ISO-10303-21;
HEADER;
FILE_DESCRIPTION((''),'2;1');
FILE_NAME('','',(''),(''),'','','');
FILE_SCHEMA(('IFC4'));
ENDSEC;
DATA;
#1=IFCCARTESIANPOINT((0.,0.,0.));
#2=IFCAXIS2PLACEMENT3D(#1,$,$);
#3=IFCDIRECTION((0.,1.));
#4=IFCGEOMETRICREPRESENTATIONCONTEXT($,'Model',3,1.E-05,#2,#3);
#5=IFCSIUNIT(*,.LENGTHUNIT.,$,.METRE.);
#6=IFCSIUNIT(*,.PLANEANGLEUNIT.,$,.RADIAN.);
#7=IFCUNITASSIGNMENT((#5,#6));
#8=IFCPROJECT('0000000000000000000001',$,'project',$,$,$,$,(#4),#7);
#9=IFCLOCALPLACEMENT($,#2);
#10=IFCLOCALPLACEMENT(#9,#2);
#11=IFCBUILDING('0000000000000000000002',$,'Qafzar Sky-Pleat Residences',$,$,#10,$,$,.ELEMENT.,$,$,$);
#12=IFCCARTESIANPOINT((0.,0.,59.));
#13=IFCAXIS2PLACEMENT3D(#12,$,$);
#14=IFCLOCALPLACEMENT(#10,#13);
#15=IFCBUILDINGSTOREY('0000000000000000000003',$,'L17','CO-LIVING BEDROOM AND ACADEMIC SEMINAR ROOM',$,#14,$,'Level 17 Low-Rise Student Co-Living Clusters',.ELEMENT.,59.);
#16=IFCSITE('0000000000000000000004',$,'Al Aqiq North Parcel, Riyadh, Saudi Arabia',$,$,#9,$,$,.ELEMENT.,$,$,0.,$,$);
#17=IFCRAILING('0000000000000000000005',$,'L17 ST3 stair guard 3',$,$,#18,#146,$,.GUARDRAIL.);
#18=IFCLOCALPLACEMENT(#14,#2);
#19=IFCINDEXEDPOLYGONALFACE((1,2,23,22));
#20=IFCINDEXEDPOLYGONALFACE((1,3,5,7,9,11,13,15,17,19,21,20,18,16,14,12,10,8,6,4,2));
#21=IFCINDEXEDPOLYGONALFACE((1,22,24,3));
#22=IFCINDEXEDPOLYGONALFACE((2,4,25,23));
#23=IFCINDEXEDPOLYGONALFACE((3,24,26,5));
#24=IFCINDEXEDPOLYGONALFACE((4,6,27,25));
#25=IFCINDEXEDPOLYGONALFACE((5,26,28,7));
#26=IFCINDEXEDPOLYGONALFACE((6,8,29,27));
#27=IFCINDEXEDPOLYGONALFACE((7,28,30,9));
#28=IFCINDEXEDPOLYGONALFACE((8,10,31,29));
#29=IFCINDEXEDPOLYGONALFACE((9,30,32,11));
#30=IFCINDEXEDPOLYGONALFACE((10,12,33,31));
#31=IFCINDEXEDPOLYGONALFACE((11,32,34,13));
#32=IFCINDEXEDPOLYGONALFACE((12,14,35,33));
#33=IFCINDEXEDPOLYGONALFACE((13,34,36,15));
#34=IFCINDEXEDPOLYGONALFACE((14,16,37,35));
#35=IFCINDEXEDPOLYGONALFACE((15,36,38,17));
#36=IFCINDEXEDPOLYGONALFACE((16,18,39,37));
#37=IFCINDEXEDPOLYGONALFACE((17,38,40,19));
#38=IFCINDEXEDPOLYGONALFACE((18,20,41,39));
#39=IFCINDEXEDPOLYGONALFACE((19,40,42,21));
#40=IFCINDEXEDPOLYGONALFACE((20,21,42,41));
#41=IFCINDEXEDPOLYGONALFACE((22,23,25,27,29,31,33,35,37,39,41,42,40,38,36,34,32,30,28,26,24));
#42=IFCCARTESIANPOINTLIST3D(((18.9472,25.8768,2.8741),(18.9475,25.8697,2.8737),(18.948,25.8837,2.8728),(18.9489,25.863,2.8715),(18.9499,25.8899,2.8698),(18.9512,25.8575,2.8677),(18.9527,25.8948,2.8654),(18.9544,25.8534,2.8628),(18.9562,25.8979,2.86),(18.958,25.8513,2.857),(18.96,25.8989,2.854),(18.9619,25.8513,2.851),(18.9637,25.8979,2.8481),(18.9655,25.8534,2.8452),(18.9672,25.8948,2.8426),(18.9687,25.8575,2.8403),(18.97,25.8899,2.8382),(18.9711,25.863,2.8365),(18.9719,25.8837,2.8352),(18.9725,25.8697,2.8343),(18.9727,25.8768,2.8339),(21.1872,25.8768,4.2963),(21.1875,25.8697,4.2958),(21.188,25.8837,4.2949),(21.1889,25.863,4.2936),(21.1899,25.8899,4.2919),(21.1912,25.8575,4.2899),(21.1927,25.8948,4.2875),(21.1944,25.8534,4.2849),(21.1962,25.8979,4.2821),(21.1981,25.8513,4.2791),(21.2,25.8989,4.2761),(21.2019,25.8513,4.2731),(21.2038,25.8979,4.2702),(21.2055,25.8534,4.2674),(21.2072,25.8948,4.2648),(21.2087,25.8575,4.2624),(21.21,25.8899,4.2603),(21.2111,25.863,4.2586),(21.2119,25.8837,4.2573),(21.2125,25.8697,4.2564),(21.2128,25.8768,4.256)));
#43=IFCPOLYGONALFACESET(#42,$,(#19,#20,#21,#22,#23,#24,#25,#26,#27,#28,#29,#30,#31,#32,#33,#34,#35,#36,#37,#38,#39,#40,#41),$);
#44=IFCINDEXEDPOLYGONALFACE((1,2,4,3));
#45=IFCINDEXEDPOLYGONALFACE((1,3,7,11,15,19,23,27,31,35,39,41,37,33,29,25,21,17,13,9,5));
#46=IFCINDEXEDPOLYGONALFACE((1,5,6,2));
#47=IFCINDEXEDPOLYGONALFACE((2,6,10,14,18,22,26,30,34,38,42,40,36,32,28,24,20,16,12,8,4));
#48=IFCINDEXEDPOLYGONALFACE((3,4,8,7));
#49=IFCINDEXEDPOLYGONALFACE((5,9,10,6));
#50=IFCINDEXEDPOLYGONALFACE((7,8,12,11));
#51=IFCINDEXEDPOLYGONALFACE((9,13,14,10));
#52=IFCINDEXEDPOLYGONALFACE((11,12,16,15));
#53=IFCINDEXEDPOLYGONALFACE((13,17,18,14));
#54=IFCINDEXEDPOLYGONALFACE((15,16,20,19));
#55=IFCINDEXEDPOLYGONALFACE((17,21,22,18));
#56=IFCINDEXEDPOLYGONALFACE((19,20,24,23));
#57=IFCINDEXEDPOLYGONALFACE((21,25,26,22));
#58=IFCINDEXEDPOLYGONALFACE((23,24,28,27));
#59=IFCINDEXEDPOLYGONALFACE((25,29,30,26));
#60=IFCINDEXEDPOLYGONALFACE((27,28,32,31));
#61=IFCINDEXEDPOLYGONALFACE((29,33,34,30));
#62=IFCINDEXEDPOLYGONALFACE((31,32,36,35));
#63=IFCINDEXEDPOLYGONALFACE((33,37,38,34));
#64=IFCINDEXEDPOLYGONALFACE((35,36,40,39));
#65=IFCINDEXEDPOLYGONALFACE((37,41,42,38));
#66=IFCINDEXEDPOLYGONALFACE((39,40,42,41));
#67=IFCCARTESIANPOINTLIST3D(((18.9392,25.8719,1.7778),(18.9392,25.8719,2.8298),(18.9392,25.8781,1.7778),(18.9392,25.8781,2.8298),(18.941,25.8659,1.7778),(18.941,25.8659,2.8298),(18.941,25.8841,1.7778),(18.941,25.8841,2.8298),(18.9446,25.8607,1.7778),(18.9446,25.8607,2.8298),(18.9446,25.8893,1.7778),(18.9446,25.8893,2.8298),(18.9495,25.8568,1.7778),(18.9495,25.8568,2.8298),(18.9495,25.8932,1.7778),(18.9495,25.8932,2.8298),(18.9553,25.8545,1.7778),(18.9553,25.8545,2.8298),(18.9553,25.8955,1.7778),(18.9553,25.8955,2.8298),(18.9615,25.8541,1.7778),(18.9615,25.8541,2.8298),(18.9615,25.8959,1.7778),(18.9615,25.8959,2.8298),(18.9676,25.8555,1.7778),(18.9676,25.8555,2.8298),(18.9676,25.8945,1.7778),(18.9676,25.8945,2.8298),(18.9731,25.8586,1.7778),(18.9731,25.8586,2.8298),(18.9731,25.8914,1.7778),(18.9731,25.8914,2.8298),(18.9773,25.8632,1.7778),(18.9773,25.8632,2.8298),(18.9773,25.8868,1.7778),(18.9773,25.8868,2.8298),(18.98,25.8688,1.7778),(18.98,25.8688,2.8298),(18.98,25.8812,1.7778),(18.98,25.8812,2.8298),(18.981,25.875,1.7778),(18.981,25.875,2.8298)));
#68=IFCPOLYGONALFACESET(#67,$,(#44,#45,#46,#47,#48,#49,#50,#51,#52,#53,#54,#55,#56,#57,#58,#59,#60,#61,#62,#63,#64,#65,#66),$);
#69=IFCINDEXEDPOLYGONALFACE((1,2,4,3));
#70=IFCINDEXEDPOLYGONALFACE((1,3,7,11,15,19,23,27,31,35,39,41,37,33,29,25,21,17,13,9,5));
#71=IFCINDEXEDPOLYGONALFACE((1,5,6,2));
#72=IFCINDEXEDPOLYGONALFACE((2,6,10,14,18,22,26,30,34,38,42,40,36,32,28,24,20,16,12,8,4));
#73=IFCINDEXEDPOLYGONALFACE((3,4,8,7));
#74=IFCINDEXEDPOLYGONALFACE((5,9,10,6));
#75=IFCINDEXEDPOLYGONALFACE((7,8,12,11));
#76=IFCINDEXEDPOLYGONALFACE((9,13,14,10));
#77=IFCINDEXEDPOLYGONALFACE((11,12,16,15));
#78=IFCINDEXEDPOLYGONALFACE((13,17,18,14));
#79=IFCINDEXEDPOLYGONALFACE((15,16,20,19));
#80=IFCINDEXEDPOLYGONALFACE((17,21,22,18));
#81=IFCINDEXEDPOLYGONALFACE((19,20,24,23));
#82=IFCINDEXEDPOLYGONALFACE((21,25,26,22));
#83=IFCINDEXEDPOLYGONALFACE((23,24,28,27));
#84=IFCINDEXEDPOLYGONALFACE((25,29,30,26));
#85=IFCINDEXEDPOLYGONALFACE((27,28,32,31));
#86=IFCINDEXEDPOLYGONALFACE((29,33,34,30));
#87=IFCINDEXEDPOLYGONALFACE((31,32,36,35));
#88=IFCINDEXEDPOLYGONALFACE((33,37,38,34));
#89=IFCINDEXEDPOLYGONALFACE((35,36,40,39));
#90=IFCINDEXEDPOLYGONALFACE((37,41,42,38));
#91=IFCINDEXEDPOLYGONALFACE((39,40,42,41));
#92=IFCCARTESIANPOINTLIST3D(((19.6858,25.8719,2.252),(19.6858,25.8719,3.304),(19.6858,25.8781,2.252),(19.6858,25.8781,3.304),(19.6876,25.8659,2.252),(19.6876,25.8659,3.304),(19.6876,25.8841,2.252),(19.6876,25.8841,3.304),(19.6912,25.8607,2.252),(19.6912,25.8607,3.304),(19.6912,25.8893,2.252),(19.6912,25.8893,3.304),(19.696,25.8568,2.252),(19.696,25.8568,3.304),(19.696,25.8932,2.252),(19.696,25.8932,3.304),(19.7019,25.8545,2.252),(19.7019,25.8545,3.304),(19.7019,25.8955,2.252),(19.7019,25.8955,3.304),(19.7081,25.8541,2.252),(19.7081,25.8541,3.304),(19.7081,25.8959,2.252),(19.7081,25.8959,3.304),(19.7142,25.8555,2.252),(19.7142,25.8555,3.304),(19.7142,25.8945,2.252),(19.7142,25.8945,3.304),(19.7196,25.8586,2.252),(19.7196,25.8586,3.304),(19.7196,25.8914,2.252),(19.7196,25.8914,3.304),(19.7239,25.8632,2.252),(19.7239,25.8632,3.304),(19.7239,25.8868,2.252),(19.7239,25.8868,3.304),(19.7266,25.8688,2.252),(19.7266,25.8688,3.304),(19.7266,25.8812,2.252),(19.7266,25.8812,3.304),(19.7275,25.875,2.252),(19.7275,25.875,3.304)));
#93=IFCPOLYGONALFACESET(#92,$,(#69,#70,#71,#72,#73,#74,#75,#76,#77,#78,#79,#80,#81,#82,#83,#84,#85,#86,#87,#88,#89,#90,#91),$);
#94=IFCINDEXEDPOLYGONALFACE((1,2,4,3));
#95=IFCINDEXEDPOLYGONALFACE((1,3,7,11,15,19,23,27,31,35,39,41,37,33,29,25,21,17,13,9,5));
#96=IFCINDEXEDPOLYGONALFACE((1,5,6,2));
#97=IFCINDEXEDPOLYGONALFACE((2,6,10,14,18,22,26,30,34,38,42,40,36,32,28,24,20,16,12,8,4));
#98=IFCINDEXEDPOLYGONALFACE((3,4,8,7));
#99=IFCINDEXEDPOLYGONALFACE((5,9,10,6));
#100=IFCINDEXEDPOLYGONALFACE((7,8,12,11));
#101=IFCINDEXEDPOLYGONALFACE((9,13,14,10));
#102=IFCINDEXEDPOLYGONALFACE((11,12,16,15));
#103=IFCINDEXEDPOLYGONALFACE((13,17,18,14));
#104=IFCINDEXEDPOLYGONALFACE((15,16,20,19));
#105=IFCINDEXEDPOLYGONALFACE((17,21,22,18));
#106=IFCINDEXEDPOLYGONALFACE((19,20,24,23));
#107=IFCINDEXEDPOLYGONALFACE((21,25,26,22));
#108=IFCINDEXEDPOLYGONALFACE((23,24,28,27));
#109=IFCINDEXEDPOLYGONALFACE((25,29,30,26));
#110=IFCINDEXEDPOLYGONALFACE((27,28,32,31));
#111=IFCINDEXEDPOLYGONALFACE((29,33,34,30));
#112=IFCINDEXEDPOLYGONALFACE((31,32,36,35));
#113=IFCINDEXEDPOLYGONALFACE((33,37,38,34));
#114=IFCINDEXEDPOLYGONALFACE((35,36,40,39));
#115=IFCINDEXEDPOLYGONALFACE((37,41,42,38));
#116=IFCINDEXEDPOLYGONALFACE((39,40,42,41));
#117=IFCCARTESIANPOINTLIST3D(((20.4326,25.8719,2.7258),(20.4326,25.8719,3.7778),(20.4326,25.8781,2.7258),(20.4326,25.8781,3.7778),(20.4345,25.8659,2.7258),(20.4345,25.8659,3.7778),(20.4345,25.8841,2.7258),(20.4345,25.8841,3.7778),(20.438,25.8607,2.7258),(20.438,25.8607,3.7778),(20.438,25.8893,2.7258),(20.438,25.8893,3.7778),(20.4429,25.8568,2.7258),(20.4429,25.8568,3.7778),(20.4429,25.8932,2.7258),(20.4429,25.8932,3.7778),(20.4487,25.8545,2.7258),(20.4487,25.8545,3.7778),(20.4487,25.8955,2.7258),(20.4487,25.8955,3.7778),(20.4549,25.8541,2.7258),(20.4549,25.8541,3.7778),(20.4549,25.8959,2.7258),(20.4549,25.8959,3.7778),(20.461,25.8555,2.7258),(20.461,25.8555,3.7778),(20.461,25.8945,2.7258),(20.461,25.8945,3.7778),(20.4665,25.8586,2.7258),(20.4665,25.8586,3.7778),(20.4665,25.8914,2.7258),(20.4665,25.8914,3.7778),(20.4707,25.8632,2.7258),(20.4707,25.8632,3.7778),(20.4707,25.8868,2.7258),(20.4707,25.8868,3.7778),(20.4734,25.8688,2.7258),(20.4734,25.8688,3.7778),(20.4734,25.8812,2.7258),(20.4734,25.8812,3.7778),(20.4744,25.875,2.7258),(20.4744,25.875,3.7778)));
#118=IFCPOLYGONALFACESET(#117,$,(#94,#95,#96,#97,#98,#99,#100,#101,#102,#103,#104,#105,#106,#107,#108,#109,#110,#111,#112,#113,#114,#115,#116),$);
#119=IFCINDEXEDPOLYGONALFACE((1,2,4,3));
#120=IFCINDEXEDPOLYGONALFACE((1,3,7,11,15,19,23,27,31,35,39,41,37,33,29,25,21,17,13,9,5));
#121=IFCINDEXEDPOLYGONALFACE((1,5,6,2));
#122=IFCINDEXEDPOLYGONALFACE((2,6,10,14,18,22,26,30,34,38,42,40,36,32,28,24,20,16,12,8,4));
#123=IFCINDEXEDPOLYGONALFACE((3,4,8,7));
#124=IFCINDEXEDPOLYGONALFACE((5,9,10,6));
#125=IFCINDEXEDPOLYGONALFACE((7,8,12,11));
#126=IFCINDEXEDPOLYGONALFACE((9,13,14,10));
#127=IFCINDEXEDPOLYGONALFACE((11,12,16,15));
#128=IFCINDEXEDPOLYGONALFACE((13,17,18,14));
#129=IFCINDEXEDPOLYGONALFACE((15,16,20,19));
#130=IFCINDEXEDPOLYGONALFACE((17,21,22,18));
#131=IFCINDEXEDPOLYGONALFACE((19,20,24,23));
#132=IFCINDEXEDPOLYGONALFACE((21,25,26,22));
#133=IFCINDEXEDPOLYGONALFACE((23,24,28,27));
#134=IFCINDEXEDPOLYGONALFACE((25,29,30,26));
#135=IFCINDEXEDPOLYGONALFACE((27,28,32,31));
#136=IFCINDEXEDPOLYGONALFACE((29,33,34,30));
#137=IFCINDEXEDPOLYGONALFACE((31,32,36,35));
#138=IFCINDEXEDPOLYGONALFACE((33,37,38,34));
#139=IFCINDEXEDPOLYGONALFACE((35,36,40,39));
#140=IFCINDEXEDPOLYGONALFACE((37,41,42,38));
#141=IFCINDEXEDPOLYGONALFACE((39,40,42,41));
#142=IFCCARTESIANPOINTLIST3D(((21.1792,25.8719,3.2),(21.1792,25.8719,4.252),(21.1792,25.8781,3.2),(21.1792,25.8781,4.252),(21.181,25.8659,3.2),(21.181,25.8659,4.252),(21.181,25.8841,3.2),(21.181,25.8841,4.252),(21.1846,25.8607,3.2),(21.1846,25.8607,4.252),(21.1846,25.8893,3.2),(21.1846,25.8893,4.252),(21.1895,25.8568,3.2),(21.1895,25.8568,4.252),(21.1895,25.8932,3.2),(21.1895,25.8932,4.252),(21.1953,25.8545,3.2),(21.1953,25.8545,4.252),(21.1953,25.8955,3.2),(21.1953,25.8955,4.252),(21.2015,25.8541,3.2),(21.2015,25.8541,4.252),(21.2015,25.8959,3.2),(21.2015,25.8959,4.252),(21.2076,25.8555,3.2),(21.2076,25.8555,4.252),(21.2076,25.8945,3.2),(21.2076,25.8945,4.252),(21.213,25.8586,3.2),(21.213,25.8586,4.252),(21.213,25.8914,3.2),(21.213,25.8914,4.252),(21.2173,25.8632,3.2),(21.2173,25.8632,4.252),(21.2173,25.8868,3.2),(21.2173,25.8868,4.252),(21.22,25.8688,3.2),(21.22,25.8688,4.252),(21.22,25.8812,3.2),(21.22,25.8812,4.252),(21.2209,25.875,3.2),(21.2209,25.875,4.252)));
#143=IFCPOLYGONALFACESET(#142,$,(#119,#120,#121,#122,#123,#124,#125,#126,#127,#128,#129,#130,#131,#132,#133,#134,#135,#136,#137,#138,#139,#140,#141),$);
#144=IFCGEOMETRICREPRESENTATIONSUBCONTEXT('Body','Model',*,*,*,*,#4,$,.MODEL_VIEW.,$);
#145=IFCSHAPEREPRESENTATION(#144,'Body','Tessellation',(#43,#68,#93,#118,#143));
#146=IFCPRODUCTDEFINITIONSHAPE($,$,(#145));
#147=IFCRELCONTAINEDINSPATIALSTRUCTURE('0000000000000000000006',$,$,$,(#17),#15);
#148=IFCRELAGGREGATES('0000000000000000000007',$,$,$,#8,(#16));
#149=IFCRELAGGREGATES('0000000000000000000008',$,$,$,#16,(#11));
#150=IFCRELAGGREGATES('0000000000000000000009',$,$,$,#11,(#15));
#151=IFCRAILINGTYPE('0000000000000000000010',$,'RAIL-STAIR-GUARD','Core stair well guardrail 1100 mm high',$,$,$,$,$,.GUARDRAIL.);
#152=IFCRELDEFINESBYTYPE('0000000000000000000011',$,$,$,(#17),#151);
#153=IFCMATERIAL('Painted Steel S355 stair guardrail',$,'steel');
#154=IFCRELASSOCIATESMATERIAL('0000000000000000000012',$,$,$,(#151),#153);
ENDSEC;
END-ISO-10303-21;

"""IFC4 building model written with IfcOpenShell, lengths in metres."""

from ifc_helpers import new_model, si_unit, direction, frame, origin, origin_2d, place, context, subcontext, project, spatial, circle, extrude, source, transform, mapped, material, type_object, element, save


model = new_model("IFC4")

# Units and contexts
model_context = context("Model", 3, precision=1e-05, world=origin(), true_north=direction((0.0, 1.0)))
body_context = subcontext(model_context, "Body", "Model", "MODEL_VIEW")
ifc_project = project(units=[si_unit("LENGTHUNIT", "METRE"), si_unit("PLANEANGLEUNIT", "RADIAN")], contexts=[model_context])

# Site, building, storey
site_placement = place(None, origin())
site = spatial("IfcSite", under=ifc_project, at=site_placement, Name="Al Aqiq North Parcel, Riyadh, Saudi Arabia", CompositionType="ELEMENT", RefElevation=0.0)
building_placement = place(site_placement, origin())
building = spatial("IfcBuilding", under=site, at=building_placement, Name="Qafzar Sky-Pleat Residences", CompositionType="ELEMENT")
storey_placement = place(building_placement, frame((0.0, 0.0, 59.0)))
storey = spatial("IfcBuildingStorey", under=building, at=storey_placement, Name="L17", Description="CO-LIVING BEDROOM AND ACADEMIC SEMINAR ROOM", LongName="Level 17 Low-Rise Student Co-Living Clusters", CompositionType="ELEMENT", Elevation=59.0)

# Railing
ifc_material_1 = material(Name="Painted Steel S355 stair guardrail", Category="steel")
railing_type_1 = type_object("IfcRailingType", Name="RAIL-STAIR-GUARD", Description="Core stair well guardrail 1100 mm high", PredefinedType="GUARDRAIL", material=ifc_material_1)
shared_shape_1 = source(origin(), body_context, "Body", "SweptSolid", [
    extrude(circle(Radius=0.0239, at=origin_2d()), frame((0.0, 0.0, 1.0762), z_axis=(0.844229, 0.0, 0.535982), x_axis=(0.0, 1.0, 0.0)), (0.0, 0.0, 1.0), 2.6533),
    extrude(circle(Radius=0.021, at=origin_2d()), origin(), (0.0, 0.0, 1.0), 1.052),
    extrude(circle(Radius=0.021, at=origin_2d()), frame((0.7466, 0.0, 0.4741)), (0.0, 0.0, 1.0), 1.052),
    extrude(circle(Radius=0.021, at=origin_2d()), frame((1.4934, 0.0, 0.948)), (0.0, 0.0, 1.0), 1.052),
    extrude(circle(Radius=0.021, at=origin_2d()), frame((2.24, 0.0, 1.4221)), (0.0, 0.0, 1.0), 1.052),
])
railing_1_placement = place(storey_placement, frame((18.96, 25.875, 1.7778)))
element("IfcRailing", 1, at=railing_1_placement, inside=storey, type_object=railing_type_1, Name="L17 ST3 stair guard 3", PredefinedType="GUARDRAIL", context=body_context, shape_type="MappedRepresentation", body=[
    mapped(shared_shape_1, transform((0.0, 0.0, 0.0), x_axis=(1.0, 0.0, 0.0), y_axis=(0.0, 1.0, 0.0), z_axis=(0.0, 0.0, 1.0), scale=1.0)),
])

save(model, "model.ifc")
